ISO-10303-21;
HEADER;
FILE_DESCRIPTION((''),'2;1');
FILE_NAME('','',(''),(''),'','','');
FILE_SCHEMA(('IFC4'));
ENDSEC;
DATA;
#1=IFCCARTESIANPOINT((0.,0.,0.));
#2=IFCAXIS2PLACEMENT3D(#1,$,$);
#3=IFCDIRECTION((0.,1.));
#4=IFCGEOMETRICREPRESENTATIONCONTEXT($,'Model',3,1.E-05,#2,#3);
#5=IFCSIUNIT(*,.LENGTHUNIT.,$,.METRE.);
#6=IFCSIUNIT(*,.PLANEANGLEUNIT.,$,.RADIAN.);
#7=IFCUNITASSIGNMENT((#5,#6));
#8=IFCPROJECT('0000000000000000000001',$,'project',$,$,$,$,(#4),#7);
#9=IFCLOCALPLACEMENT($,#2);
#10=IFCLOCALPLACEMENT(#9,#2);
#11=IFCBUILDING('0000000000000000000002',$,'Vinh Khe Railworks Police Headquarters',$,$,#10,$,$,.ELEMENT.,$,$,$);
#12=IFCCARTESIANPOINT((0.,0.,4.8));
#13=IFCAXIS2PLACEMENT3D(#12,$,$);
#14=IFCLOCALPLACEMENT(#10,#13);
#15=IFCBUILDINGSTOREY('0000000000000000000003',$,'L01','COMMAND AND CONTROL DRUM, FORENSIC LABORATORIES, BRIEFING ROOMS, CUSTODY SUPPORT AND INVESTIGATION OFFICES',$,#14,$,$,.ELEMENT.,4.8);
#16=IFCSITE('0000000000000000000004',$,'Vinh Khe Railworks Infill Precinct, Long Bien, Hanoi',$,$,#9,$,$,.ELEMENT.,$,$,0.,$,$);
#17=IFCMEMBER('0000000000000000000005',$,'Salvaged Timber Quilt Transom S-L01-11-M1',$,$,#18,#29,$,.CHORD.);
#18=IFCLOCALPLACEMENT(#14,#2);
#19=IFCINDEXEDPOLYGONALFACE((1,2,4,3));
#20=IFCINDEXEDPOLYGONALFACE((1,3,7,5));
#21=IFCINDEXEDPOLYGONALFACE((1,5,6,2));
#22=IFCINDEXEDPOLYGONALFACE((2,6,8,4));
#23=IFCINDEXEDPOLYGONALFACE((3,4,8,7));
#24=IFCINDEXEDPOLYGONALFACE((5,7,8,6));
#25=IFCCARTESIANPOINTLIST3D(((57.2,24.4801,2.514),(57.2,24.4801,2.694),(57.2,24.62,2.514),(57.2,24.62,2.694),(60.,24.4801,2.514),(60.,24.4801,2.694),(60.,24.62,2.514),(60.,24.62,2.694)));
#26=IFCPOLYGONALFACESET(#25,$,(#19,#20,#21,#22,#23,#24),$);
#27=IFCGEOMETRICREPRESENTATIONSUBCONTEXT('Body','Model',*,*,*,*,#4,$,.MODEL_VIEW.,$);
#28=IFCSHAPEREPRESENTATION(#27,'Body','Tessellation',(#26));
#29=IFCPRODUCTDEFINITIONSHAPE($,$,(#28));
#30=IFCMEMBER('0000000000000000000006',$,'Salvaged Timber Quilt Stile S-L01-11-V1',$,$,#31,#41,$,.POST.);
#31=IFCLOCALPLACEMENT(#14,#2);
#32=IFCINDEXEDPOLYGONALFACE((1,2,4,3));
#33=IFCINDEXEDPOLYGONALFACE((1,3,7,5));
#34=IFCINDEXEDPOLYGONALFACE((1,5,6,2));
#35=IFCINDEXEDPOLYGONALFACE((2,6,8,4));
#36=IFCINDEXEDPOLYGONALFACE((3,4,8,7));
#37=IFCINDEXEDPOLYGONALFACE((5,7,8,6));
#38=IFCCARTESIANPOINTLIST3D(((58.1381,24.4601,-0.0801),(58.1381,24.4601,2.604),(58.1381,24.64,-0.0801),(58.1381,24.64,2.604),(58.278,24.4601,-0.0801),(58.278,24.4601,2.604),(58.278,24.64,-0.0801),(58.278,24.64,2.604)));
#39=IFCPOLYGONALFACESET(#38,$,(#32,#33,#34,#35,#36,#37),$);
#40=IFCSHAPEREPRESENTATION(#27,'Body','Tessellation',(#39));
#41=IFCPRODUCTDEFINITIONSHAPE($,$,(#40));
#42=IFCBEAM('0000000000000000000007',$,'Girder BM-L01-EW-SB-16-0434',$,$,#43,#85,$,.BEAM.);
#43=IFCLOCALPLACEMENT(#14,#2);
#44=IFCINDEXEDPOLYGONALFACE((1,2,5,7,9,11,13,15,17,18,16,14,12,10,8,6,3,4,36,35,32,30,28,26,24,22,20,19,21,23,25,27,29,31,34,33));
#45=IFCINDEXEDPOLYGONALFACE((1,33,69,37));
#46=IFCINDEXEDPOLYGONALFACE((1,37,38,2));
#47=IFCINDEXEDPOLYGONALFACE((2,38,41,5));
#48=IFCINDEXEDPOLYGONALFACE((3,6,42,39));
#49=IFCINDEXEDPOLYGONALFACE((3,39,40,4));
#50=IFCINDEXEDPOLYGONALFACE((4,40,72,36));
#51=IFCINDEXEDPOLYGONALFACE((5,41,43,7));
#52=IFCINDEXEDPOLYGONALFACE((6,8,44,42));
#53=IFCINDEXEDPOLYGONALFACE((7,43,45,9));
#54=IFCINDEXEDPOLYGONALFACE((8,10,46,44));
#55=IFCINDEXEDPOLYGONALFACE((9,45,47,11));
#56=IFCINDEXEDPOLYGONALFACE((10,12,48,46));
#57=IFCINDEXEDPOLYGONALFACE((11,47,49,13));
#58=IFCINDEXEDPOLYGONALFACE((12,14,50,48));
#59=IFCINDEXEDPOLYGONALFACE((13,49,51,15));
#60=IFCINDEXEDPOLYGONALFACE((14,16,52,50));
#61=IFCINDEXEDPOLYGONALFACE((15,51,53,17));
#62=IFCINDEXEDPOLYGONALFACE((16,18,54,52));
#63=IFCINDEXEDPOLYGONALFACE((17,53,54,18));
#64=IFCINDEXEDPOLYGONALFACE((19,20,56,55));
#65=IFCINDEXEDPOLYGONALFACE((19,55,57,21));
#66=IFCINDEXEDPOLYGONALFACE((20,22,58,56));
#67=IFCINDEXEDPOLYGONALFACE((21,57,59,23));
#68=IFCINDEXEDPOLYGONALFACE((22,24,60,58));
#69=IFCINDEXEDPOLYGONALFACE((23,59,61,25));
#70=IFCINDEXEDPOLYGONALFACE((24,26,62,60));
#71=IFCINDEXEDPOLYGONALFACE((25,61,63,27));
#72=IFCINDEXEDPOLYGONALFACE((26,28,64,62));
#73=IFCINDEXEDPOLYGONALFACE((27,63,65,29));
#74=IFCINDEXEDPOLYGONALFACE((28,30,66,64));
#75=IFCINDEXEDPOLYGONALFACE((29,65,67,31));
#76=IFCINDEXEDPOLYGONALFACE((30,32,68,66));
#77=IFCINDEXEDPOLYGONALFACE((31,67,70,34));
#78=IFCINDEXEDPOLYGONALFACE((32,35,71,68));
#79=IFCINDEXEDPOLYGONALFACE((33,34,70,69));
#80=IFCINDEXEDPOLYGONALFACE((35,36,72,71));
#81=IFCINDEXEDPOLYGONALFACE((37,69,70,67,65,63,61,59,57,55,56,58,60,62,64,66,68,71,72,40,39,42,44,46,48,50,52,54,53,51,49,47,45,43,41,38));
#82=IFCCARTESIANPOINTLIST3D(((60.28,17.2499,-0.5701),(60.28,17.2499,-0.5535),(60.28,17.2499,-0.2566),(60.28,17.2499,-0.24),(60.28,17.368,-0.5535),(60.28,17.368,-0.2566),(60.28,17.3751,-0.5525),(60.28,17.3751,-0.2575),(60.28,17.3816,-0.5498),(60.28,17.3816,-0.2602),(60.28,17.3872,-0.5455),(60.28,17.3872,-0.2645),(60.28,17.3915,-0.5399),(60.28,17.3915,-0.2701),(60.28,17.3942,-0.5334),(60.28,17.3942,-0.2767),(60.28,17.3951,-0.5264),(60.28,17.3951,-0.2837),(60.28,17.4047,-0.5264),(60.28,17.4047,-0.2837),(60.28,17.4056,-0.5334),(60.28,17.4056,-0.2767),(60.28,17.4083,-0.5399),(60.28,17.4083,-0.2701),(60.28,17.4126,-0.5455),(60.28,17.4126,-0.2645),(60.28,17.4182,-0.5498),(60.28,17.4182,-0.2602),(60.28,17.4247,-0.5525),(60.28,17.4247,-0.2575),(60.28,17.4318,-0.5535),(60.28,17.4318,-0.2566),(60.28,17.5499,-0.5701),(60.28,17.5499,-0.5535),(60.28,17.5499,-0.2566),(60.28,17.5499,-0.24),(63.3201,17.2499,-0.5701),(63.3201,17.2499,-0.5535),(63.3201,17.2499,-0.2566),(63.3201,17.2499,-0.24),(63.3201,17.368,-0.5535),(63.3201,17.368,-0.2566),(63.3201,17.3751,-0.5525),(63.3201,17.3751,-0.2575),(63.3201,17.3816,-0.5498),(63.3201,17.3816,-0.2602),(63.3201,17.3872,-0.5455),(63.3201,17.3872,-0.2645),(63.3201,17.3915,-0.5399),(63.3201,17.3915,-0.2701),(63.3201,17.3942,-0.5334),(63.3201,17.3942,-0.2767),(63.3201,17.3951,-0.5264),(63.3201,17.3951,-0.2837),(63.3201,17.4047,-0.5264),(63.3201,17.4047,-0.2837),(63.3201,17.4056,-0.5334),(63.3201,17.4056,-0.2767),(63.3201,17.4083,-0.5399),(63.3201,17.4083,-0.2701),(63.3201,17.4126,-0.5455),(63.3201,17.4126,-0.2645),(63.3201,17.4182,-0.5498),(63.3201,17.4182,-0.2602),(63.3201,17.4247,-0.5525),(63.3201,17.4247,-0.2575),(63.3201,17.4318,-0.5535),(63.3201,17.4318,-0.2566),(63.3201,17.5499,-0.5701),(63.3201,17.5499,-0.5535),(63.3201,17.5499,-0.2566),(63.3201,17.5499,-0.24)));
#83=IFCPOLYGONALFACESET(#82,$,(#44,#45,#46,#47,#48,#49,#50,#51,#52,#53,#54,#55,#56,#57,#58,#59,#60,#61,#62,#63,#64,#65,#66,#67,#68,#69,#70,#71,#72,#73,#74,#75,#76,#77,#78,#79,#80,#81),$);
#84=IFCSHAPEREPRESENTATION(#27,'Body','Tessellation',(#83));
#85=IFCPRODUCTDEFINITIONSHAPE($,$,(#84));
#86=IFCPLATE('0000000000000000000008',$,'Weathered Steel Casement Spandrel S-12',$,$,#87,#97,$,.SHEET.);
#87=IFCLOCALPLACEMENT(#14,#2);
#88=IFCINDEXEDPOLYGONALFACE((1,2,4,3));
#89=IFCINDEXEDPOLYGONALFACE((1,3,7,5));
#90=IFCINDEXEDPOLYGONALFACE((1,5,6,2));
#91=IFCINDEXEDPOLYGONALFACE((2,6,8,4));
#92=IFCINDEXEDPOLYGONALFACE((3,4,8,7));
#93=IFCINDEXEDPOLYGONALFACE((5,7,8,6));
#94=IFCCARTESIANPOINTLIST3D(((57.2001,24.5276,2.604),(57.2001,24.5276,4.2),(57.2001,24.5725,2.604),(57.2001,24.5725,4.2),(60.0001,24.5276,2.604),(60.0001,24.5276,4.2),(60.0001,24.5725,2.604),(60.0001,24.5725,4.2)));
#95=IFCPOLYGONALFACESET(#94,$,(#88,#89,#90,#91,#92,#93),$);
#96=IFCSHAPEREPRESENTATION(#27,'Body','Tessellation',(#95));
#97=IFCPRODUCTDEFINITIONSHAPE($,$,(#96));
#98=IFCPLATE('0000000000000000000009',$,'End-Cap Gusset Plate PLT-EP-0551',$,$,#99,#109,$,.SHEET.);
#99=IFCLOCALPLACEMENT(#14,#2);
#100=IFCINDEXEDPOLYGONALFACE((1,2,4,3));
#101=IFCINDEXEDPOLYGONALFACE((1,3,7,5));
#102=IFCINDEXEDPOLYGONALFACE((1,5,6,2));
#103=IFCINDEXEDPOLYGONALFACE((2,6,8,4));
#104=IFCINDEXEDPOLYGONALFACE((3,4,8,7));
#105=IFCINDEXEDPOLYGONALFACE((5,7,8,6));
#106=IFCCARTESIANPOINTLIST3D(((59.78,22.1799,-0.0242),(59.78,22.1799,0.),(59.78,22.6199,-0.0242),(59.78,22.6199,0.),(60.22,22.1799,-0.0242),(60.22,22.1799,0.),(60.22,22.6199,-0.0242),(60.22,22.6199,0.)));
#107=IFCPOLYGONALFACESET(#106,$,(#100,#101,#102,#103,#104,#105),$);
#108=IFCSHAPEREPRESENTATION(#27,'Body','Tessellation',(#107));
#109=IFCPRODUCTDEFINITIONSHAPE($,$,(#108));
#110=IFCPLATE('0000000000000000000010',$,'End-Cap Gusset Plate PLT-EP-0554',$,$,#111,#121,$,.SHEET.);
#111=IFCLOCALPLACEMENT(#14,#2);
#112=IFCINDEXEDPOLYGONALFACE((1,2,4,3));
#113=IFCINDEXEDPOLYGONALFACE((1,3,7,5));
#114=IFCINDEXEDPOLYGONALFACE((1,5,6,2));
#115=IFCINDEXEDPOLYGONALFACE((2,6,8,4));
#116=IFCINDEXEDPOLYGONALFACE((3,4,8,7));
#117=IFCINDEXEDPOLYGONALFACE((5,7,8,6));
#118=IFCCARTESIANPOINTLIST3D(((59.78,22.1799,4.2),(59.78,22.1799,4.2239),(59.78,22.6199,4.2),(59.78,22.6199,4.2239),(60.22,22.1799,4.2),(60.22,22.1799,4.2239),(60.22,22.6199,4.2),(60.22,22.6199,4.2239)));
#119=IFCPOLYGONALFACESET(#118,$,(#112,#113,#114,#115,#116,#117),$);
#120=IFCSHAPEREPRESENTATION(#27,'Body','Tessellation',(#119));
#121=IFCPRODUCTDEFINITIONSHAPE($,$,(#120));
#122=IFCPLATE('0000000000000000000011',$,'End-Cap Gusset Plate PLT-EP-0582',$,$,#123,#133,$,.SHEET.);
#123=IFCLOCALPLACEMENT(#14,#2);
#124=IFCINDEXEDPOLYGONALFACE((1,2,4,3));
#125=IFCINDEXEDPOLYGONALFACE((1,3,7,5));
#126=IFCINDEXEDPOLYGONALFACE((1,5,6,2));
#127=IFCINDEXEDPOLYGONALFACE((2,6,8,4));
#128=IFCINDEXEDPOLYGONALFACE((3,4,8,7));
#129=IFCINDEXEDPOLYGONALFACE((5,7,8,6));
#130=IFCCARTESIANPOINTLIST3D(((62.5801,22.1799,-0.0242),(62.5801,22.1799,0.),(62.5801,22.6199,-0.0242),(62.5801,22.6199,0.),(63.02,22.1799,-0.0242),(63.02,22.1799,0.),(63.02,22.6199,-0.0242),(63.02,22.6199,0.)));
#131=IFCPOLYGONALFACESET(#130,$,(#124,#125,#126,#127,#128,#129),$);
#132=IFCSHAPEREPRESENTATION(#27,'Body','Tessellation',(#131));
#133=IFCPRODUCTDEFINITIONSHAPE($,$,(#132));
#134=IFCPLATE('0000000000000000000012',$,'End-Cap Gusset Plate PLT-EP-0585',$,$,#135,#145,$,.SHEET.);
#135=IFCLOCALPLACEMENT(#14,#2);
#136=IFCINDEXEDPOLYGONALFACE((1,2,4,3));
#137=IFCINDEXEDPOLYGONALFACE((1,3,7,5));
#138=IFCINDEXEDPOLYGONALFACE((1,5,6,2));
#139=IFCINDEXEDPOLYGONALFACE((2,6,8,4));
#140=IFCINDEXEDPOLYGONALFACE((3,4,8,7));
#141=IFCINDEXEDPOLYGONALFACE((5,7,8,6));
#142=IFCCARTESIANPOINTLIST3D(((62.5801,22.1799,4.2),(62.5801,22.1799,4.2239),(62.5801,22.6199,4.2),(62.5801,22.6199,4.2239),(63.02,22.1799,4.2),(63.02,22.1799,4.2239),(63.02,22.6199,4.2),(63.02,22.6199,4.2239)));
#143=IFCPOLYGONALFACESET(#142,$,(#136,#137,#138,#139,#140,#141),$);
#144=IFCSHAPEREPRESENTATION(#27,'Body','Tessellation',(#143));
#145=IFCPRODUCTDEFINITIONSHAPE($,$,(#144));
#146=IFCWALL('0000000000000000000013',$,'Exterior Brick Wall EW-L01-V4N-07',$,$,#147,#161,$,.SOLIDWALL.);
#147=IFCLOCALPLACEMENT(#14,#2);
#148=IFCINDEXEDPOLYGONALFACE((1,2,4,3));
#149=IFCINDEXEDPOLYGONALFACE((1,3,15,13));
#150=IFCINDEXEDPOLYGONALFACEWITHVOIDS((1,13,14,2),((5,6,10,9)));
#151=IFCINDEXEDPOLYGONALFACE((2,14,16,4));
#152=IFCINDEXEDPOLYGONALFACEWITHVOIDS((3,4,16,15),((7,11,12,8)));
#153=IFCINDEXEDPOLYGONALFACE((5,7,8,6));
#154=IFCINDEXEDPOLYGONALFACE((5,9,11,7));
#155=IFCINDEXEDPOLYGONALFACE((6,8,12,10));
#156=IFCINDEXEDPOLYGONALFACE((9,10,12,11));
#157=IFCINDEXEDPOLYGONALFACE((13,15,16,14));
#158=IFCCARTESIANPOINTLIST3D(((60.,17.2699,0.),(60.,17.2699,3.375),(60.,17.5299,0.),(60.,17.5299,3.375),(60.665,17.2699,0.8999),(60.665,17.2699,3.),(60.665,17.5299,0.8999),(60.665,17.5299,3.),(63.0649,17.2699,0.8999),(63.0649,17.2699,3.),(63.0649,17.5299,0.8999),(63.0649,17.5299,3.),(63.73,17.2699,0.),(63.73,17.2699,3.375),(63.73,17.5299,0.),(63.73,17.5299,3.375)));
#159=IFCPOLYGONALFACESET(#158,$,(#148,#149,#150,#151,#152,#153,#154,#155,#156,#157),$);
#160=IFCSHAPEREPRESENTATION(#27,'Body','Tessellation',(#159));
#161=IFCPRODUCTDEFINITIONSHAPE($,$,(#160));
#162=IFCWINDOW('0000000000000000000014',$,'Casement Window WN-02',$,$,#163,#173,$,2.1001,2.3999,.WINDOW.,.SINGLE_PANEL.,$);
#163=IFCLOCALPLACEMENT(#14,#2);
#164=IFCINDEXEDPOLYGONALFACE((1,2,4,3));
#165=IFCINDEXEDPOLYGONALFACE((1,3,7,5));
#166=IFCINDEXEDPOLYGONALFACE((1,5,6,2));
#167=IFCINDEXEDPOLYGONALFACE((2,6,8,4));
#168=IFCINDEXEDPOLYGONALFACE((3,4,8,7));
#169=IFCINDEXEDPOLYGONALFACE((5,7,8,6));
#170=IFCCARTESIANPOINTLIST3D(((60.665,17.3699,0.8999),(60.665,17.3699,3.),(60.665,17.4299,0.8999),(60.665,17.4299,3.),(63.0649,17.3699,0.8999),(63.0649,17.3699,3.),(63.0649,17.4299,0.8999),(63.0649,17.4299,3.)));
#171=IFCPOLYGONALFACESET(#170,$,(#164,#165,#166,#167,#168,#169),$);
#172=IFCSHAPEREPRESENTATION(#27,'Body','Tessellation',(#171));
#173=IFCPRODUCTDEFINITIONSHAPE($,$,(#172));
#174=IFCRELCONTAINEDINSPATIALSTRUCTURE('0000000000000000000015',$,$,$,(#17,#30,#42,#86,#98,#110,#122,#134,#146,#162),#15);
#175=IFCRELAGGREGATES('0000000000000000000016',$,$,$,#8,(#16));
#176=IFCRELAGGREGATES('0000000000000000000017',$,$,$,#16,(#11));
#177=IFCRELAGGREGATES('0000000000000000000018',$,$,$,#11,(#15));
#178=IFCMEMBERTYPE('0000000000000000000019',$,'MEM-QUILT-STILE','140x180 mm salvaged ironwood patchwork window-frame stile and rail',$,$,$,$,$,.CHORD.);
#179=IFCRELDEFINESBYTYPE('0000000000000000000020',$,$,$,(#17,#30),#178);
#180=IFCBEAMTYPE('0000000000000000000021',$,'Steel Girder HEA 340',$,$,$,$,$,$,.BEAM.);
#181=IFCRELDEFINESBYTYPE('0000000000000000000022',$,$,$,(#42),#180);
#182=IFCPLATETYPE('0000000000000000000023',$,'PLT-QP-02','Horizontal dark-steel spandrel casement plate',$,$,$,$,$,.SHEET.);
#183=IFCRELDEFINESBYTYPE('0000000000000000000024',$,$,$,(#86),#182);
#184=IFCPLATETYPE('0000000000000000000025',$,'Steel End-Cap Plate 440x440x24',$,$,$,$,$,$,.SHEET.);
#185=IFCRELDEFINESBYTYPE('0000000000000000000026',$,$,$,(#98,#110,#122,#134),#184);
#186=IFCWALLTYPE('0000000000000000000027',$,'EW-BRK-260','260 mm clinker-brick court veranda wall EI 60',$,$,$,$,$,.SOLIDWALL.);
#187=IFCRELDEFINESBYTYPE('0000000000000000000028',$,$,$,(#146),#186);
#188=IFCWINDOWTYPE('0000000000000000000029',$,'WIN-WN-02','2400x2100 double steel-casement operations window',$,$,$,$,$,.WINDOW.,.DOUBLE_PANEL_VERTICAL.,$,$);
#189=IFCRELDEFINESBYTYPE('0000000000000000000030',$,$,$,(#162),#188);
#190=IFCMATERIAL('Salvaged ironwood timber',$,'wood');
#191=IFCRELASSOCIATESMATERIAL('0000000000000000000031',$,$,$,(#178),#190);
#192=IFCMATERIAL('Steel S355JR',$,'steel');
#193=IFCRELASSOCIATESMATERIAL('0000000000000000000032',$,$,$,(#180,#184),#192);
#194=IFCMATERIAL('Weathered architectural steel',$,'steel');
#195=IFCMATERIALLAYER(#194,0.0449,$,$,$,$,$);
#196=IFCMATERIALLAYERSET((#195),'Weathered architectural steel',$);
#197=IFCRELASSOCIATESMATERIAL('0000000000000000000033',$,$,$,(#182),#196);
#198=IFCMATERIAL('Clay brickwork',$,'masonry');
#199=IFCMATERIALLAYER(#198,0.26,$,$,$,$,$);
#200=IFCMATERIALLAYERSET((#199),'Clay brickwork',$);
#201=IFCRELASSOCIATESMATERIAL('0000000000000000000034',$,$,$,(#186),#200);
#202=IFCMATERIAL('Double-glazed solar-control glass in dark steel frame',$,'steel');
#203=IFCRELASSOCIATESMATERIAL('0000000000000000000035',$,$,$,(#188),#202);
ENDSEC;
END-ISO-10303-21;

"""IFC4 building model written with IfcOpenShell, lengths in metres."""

from ifc_helpers import new_model, si_unit, direction, frame, frame_2d, origin, origin_2d, place, context, subcontext, project, spatial, rectangle, i_section, extrude, material, layer, layer_set, material_profile, profile_set, type_object, element, fill, save


model = new_model("IFC4")

# Units and contexts
model_context = context("Model", 3, precision=1e-05, world=origin(), true_north=direction((0.0, 1.0)))
body_context = subcontext(model_context, "Body", "Model", "MODEL_VIEW")
ifc_project = project(units=[si_unit("LENGTHUNIT", "METRE"), si_unit("PLANEANGLEUNIT", "RADIAN")], contexts=[model_context])

# Site, building, storey
site_placement = place(None, origin())
site = spatial("IfcSite", under=ifc_project, at=site_placement, Name="Vinh Khe Railworks Infill Precinct, Long Bien, Hanoi", CompositionType="ELEMENT", RefElevation=0.0)
building_placement = place(site_placement, origin())
building = spatial("IfcBuilding", under=site, at=building_placement, Name="Vinh Khe Railworks Police Headquarters", CompositionType="ELEMENT")
storey_placement = place(building_placement, frame((0.0, 0.0, 4.8)))
storey = spatial("IfcBuildingStorey", under=building, at=storey_placement, Name="L01", Description="COMMAND AND CONTROL DRUM, FORENSIC LABORATORIES, BRIEFING ROOMS, CUSTODY SUPPORT AND INVESTIGATION OFFICES", CompositionType="ELEMENT", Elevation=4.8)

# Shared definitions
ifc_material_1 = material(Name="Steel S355JR", Category="steel")

# Members
ifc_material_2 = material(Name="Salvaged ironwood timber", Category="wood")
ifc_material_profile_1 = material_profile(ifc_material_2, rectangle(XDim=0.1399, YDim=0.1799, at=origin_2d()), Name="TIMBER 140x180")
ifc_profile_set_1 = profile_set([ifc_material_profile_1], Name="Salvaged ironwood timber")
member_type = type_object("IfcMemberType", Name="MEM-QUILT-STILE", Description="140x180 mm salvaged ironwood patchwork window-frame stile and rail", PredefinedType="CHORD", material=ifc_profile_set_1)
for number, where, z_axis, x_axis, name in (
    (1, (57.2, 24.55, 2.604), (1.0, 0.0, 0.0), (0.0, 1.0, 0.0), "Salvaged Timber Quilt Transom S-L01-11-M1"),
):
    element("IfcMember", number, at=place(storey_placement, frame(where, z_axis=z_axis, x_axis=x_axis)), inside=storey, type_object=member_type, Name=name, PredefinedType="CHORD", context=body_context, shape_type="SweptSolid", body=[
        extrude(rectangle(XDim=0.1399, YDim=0.1799, at=origin_2d()), origin(), (0.0, 0.0, 1.0), 2.8),
    ])
member_1_placement = place(storey_placement, frame((58.208, 24.55, -0.0801), z_axis=(0.0, 0.0, 1.0), x_axis=(1.0, 0.0, 0.0)))
element("IfcMember", 2, at=member_1_placement, inside=storey, type_object=member_type, Name="Salvaged Timber Quilt Stile S-L01-11-V1", PredefinedType="POST", context=body_context, shape_type="SweptSolid", body=[
    extrude(rectangle(XDim=0.1399, YDim=0.1799, at=origin_2d()), origin(), (0.0, 0.0, 1.0), 2.6841),
])

# Beam
ifc_material_profile_2 = material_profile(ifc_material_1, i_section(OverallWidth=0.3, OverallDepth=0.3301, WebThickness=0.0095, FlangeThickness=0.0166, FilletRadius=0.0271, at=origin_2d()), Name="HEA 340")
ifc_profile_set_2 = profile_set([ifc_material_profile_2], Name="Steel S355JR")
beam_type = type_object("IfcBeamType", Name="Steel Girder HEA 340", PredefinedType="BEAM", material=ifc_profile_set_2)
beam_placement = place(storey_placement, frame((60.28, 17.3999, -0.405), z_axis=(1.0, 0.0, 0.0), x_axis=(0.0, 1.0, 0.0)))
element("IfcBeam", 3, at=beam_placement, inside=storey, type_object=beam_type, Name="Girder BM-L01-EW-SB-16-0434", PredefinedType="BEAM", context=body_context, shape_type="SweptSolid", body=[
    extrude(i_section(OverallWidth=0.3, OverallDepth=0.3301, WebThickness=0.0095, FlangeThickness=0.0166, FilletRadius=0.0271, at=origin_2d()), origin(), (0.0, 0.0, 1.0), 3.04),
])

# Plates
ifc_material_3 = material(Name="Weathered architectural steel", Category="steel")
ifc_layer_1 = layer(ifc_material_3, 0.0449)
ifc_layer_set_1 = layer_set([ifc_layer_1], Name="Weathered architectural steel")
plate_type_1 = type_object("IfcPlateType", Name="PLT-QP-02", Description="Horizontal dark-steel spandrel casement plate", PredefinedType="SHEET", material=ifc_layer_set_1)
plate_1_placement = place(storey_placement, frame((58.6001, 24.55, 2.604), z_axis=(0.0, 0.0, 1.0), x_axis=(1.0, 0.0, 0.0)))
element("IfcPlate", 4, at=plate_1_placement, inside=storey, type_object=plate_type_1, Name="Weathered Steel Casement Spandrel S-12", PredefinedType="SHEET", context=body_context, shape_type="SweptSolid", body=[
    extrude(rectangle(XDim=2.8, YDim=0.0449, at=origin_2d()), origin(), (0.0, 0.0, 1.0), 1.5959),
])
ifc_material_profile_3 = material_profile(ifc_material_1, rectangle(XDim=0.4399, YDim=0.4399, at=origin_2d()), Name="PL 440x440")
ifc_profile_set_3 = profile_set([ifc_material_profile_3], Name="Steel S355JR")
plate_type_2 = type_object("IfcPlateType", Name="Steel End-Cap Plate 440x440x24", PredefinedType="SHEET", material=ifc_profile_set_3)
plate_2_placement = place(storey_placement, frame((60.0, 22.3999, 0.0), z_axis=(0.0, 0.0, -1.0), x_axis=(1.0, 0.0, 0.0)))
element("IfcPlate", 5, at=plate_2_placement, inside=storey, type_object=plate_type_2, Name="End-Cap Gusset Plate PLT-EP-0551", PredefinedType="SHEET", context=body_context, shape_type="SweptSolid", body=[
    extrude(rectangle(XDim=0.4399, YDim=0.4399, at=origin_2d()), origin(), (0.0, 0.0, 1.0), 0.0242),
])
plate_3_placement = place(storey_placement, frame((60.0, 22.3999, 4.2), z_axis=(0.0, 0.0, 1.0), x_axis=(1.0, 0.0, 0.0)))
element("IfcPlate", 6, at=plate_3_placement, inside=storey, type_object=plate_type_2, Name="End-Cap Gusset Plate PLT-EP-0554", PredefinedType="SHEET", context=body_context, shape_type="SweptSolid", body=[
    extrude(rectangle(XDim=0.4399, YDim=0.4399, at=origin_2d()), origin(), (0.0, 0.0, 1.0), 0.0239),
])
plate_4_placement = place(storey_placement, frame((62.8, 22.3999, 0.0), z_axis=(0.0, 0.0, -1.0), x_axis=(1.0, 0.0, 0.0)))
element("IfcPlate", 7, at=plate_4_placement, inside=storey, type_object=plate_type_2, Name="End-Cap Gusset Plate PLT-EP-0582", PredefinedType="SHEET", context=body_context, shape_type="SweptSolid", body=[
    extrude(rectangle(XDim=0.4399, YDim=0.4399, at=origin_2d()), origin(), (0.0, 0.0, 1.0), 0.0242),
])
plate_5_placement = place(storey_placement, frame((62.8, 22.3999, 4.2), z_axis=(0.0, 0.0, 1.0), x_axis=(1.0, 0.0, 0.0)))
element("IfcPlate", 8, at=plate_5_placement, inside=storey, type_object=plate_type_2, Name="End-Cap Gusset Plate PLT-EP-0585", PredefinedType="SHEET", context=body_context, shape_type="SweptSolid", body=[
    extrude(rectangle(XDim=0.4399, YDim=0.4399, at=origin_2d()), origin(), (0.0, 0.0, 1.0), 0.0239),
])

# Wall, opening, window
ifc_material_4 = material(Name="Clay brickwork", Category="masonry")
ifc_layer_2 = layer(ifc_material_4, 0.26)
ifc_layer_set_2 = layer_set([ifc_layer_2], Name="Clay brickwork")
wall_type = type_object("IfcWallType", Name="EW-BRK-260", Description="260 mm clinker-brick court veranda wall EI 60", PredefinedType="SOLIDWALL", material=ifc_layer_set_2)
wall_placement = place(storey_placement, frame((60.0, 17.3999, 0.0), z_axis=(0.0, 0.0, 1.0), x_axis=(1.0, 0.0, 0.0)))
wall = element("IfcWall", 9, at=wall_placement, inside=storey, type_object=wall_type, Name="Exterior Brick Wall EW-L01-V4N-07", PredefinedType="SOLIDWALL", context=body_context, shape_type="SweptSolid", body=[
    extrude(rectangle(XDim=3.73, YDim=0.26, at=frame_2d((1.865, 0.0))), origin(), (0.0, 0.0, 1.0), 3.375),
])
opening_placement = place(wall_placement, frame((0.665, 0.0, 0.8999)))
opening = element("IfcOpeningElement", 10, at=opening_placement, cuts=wall, PredefinedType="OPENING", context=body_context, shape_type="SweptSolid", body=[
    extrude(rectangle(XDim=2.3999, YDim=2.1001, at=frame_2d((1.2, 1.05))), frame((0.0, 0.145, 0.0), z_axis=(0.0, -1.0, 0.0), x_axis=(1.0, 0.0, 0.0)), (0.0, 0.0, 1.0), 0.2898),
])
ifc_material_5 = material(Name="Double-glazed solar-control glass in dark steel frame", Category="steel")
window_type = type_object("IfcWindowType", Name="WIN-WN-02", Description="2400x2100 double steel-casement operations window", PartitioningType="DOUBLE_PANEL_VERTICAL", PredefinedType="WINDOW", material=ifc_material_5)
window_placement = place(opening_placement, origin())
window = element("IfcWindow", 11, at=window_placement, inside=storey, type_object=window_type, Name="Casement Window WN-02", OverallHeight=2.1001, OverallWidth=2.3999, PartitioningType="SINGLE_PANEL", PredefinedType="WINDOW", context=body_context, shape_type="SweptSolid", body=[
    extrude(rectangle(XDim=2.3999, YDim=2.1001, at=frame_2d((1.2, 1.05))), frame((0.0, 0.03, 0.0), z_axis=(0.0, -1.0, 0.0), x_axis=(1.0, 0.0, 0.0)), (0.0, 0.0, 1.0), 0.0601),
])
fill(opening, window)

save(model, "model.ifc")
